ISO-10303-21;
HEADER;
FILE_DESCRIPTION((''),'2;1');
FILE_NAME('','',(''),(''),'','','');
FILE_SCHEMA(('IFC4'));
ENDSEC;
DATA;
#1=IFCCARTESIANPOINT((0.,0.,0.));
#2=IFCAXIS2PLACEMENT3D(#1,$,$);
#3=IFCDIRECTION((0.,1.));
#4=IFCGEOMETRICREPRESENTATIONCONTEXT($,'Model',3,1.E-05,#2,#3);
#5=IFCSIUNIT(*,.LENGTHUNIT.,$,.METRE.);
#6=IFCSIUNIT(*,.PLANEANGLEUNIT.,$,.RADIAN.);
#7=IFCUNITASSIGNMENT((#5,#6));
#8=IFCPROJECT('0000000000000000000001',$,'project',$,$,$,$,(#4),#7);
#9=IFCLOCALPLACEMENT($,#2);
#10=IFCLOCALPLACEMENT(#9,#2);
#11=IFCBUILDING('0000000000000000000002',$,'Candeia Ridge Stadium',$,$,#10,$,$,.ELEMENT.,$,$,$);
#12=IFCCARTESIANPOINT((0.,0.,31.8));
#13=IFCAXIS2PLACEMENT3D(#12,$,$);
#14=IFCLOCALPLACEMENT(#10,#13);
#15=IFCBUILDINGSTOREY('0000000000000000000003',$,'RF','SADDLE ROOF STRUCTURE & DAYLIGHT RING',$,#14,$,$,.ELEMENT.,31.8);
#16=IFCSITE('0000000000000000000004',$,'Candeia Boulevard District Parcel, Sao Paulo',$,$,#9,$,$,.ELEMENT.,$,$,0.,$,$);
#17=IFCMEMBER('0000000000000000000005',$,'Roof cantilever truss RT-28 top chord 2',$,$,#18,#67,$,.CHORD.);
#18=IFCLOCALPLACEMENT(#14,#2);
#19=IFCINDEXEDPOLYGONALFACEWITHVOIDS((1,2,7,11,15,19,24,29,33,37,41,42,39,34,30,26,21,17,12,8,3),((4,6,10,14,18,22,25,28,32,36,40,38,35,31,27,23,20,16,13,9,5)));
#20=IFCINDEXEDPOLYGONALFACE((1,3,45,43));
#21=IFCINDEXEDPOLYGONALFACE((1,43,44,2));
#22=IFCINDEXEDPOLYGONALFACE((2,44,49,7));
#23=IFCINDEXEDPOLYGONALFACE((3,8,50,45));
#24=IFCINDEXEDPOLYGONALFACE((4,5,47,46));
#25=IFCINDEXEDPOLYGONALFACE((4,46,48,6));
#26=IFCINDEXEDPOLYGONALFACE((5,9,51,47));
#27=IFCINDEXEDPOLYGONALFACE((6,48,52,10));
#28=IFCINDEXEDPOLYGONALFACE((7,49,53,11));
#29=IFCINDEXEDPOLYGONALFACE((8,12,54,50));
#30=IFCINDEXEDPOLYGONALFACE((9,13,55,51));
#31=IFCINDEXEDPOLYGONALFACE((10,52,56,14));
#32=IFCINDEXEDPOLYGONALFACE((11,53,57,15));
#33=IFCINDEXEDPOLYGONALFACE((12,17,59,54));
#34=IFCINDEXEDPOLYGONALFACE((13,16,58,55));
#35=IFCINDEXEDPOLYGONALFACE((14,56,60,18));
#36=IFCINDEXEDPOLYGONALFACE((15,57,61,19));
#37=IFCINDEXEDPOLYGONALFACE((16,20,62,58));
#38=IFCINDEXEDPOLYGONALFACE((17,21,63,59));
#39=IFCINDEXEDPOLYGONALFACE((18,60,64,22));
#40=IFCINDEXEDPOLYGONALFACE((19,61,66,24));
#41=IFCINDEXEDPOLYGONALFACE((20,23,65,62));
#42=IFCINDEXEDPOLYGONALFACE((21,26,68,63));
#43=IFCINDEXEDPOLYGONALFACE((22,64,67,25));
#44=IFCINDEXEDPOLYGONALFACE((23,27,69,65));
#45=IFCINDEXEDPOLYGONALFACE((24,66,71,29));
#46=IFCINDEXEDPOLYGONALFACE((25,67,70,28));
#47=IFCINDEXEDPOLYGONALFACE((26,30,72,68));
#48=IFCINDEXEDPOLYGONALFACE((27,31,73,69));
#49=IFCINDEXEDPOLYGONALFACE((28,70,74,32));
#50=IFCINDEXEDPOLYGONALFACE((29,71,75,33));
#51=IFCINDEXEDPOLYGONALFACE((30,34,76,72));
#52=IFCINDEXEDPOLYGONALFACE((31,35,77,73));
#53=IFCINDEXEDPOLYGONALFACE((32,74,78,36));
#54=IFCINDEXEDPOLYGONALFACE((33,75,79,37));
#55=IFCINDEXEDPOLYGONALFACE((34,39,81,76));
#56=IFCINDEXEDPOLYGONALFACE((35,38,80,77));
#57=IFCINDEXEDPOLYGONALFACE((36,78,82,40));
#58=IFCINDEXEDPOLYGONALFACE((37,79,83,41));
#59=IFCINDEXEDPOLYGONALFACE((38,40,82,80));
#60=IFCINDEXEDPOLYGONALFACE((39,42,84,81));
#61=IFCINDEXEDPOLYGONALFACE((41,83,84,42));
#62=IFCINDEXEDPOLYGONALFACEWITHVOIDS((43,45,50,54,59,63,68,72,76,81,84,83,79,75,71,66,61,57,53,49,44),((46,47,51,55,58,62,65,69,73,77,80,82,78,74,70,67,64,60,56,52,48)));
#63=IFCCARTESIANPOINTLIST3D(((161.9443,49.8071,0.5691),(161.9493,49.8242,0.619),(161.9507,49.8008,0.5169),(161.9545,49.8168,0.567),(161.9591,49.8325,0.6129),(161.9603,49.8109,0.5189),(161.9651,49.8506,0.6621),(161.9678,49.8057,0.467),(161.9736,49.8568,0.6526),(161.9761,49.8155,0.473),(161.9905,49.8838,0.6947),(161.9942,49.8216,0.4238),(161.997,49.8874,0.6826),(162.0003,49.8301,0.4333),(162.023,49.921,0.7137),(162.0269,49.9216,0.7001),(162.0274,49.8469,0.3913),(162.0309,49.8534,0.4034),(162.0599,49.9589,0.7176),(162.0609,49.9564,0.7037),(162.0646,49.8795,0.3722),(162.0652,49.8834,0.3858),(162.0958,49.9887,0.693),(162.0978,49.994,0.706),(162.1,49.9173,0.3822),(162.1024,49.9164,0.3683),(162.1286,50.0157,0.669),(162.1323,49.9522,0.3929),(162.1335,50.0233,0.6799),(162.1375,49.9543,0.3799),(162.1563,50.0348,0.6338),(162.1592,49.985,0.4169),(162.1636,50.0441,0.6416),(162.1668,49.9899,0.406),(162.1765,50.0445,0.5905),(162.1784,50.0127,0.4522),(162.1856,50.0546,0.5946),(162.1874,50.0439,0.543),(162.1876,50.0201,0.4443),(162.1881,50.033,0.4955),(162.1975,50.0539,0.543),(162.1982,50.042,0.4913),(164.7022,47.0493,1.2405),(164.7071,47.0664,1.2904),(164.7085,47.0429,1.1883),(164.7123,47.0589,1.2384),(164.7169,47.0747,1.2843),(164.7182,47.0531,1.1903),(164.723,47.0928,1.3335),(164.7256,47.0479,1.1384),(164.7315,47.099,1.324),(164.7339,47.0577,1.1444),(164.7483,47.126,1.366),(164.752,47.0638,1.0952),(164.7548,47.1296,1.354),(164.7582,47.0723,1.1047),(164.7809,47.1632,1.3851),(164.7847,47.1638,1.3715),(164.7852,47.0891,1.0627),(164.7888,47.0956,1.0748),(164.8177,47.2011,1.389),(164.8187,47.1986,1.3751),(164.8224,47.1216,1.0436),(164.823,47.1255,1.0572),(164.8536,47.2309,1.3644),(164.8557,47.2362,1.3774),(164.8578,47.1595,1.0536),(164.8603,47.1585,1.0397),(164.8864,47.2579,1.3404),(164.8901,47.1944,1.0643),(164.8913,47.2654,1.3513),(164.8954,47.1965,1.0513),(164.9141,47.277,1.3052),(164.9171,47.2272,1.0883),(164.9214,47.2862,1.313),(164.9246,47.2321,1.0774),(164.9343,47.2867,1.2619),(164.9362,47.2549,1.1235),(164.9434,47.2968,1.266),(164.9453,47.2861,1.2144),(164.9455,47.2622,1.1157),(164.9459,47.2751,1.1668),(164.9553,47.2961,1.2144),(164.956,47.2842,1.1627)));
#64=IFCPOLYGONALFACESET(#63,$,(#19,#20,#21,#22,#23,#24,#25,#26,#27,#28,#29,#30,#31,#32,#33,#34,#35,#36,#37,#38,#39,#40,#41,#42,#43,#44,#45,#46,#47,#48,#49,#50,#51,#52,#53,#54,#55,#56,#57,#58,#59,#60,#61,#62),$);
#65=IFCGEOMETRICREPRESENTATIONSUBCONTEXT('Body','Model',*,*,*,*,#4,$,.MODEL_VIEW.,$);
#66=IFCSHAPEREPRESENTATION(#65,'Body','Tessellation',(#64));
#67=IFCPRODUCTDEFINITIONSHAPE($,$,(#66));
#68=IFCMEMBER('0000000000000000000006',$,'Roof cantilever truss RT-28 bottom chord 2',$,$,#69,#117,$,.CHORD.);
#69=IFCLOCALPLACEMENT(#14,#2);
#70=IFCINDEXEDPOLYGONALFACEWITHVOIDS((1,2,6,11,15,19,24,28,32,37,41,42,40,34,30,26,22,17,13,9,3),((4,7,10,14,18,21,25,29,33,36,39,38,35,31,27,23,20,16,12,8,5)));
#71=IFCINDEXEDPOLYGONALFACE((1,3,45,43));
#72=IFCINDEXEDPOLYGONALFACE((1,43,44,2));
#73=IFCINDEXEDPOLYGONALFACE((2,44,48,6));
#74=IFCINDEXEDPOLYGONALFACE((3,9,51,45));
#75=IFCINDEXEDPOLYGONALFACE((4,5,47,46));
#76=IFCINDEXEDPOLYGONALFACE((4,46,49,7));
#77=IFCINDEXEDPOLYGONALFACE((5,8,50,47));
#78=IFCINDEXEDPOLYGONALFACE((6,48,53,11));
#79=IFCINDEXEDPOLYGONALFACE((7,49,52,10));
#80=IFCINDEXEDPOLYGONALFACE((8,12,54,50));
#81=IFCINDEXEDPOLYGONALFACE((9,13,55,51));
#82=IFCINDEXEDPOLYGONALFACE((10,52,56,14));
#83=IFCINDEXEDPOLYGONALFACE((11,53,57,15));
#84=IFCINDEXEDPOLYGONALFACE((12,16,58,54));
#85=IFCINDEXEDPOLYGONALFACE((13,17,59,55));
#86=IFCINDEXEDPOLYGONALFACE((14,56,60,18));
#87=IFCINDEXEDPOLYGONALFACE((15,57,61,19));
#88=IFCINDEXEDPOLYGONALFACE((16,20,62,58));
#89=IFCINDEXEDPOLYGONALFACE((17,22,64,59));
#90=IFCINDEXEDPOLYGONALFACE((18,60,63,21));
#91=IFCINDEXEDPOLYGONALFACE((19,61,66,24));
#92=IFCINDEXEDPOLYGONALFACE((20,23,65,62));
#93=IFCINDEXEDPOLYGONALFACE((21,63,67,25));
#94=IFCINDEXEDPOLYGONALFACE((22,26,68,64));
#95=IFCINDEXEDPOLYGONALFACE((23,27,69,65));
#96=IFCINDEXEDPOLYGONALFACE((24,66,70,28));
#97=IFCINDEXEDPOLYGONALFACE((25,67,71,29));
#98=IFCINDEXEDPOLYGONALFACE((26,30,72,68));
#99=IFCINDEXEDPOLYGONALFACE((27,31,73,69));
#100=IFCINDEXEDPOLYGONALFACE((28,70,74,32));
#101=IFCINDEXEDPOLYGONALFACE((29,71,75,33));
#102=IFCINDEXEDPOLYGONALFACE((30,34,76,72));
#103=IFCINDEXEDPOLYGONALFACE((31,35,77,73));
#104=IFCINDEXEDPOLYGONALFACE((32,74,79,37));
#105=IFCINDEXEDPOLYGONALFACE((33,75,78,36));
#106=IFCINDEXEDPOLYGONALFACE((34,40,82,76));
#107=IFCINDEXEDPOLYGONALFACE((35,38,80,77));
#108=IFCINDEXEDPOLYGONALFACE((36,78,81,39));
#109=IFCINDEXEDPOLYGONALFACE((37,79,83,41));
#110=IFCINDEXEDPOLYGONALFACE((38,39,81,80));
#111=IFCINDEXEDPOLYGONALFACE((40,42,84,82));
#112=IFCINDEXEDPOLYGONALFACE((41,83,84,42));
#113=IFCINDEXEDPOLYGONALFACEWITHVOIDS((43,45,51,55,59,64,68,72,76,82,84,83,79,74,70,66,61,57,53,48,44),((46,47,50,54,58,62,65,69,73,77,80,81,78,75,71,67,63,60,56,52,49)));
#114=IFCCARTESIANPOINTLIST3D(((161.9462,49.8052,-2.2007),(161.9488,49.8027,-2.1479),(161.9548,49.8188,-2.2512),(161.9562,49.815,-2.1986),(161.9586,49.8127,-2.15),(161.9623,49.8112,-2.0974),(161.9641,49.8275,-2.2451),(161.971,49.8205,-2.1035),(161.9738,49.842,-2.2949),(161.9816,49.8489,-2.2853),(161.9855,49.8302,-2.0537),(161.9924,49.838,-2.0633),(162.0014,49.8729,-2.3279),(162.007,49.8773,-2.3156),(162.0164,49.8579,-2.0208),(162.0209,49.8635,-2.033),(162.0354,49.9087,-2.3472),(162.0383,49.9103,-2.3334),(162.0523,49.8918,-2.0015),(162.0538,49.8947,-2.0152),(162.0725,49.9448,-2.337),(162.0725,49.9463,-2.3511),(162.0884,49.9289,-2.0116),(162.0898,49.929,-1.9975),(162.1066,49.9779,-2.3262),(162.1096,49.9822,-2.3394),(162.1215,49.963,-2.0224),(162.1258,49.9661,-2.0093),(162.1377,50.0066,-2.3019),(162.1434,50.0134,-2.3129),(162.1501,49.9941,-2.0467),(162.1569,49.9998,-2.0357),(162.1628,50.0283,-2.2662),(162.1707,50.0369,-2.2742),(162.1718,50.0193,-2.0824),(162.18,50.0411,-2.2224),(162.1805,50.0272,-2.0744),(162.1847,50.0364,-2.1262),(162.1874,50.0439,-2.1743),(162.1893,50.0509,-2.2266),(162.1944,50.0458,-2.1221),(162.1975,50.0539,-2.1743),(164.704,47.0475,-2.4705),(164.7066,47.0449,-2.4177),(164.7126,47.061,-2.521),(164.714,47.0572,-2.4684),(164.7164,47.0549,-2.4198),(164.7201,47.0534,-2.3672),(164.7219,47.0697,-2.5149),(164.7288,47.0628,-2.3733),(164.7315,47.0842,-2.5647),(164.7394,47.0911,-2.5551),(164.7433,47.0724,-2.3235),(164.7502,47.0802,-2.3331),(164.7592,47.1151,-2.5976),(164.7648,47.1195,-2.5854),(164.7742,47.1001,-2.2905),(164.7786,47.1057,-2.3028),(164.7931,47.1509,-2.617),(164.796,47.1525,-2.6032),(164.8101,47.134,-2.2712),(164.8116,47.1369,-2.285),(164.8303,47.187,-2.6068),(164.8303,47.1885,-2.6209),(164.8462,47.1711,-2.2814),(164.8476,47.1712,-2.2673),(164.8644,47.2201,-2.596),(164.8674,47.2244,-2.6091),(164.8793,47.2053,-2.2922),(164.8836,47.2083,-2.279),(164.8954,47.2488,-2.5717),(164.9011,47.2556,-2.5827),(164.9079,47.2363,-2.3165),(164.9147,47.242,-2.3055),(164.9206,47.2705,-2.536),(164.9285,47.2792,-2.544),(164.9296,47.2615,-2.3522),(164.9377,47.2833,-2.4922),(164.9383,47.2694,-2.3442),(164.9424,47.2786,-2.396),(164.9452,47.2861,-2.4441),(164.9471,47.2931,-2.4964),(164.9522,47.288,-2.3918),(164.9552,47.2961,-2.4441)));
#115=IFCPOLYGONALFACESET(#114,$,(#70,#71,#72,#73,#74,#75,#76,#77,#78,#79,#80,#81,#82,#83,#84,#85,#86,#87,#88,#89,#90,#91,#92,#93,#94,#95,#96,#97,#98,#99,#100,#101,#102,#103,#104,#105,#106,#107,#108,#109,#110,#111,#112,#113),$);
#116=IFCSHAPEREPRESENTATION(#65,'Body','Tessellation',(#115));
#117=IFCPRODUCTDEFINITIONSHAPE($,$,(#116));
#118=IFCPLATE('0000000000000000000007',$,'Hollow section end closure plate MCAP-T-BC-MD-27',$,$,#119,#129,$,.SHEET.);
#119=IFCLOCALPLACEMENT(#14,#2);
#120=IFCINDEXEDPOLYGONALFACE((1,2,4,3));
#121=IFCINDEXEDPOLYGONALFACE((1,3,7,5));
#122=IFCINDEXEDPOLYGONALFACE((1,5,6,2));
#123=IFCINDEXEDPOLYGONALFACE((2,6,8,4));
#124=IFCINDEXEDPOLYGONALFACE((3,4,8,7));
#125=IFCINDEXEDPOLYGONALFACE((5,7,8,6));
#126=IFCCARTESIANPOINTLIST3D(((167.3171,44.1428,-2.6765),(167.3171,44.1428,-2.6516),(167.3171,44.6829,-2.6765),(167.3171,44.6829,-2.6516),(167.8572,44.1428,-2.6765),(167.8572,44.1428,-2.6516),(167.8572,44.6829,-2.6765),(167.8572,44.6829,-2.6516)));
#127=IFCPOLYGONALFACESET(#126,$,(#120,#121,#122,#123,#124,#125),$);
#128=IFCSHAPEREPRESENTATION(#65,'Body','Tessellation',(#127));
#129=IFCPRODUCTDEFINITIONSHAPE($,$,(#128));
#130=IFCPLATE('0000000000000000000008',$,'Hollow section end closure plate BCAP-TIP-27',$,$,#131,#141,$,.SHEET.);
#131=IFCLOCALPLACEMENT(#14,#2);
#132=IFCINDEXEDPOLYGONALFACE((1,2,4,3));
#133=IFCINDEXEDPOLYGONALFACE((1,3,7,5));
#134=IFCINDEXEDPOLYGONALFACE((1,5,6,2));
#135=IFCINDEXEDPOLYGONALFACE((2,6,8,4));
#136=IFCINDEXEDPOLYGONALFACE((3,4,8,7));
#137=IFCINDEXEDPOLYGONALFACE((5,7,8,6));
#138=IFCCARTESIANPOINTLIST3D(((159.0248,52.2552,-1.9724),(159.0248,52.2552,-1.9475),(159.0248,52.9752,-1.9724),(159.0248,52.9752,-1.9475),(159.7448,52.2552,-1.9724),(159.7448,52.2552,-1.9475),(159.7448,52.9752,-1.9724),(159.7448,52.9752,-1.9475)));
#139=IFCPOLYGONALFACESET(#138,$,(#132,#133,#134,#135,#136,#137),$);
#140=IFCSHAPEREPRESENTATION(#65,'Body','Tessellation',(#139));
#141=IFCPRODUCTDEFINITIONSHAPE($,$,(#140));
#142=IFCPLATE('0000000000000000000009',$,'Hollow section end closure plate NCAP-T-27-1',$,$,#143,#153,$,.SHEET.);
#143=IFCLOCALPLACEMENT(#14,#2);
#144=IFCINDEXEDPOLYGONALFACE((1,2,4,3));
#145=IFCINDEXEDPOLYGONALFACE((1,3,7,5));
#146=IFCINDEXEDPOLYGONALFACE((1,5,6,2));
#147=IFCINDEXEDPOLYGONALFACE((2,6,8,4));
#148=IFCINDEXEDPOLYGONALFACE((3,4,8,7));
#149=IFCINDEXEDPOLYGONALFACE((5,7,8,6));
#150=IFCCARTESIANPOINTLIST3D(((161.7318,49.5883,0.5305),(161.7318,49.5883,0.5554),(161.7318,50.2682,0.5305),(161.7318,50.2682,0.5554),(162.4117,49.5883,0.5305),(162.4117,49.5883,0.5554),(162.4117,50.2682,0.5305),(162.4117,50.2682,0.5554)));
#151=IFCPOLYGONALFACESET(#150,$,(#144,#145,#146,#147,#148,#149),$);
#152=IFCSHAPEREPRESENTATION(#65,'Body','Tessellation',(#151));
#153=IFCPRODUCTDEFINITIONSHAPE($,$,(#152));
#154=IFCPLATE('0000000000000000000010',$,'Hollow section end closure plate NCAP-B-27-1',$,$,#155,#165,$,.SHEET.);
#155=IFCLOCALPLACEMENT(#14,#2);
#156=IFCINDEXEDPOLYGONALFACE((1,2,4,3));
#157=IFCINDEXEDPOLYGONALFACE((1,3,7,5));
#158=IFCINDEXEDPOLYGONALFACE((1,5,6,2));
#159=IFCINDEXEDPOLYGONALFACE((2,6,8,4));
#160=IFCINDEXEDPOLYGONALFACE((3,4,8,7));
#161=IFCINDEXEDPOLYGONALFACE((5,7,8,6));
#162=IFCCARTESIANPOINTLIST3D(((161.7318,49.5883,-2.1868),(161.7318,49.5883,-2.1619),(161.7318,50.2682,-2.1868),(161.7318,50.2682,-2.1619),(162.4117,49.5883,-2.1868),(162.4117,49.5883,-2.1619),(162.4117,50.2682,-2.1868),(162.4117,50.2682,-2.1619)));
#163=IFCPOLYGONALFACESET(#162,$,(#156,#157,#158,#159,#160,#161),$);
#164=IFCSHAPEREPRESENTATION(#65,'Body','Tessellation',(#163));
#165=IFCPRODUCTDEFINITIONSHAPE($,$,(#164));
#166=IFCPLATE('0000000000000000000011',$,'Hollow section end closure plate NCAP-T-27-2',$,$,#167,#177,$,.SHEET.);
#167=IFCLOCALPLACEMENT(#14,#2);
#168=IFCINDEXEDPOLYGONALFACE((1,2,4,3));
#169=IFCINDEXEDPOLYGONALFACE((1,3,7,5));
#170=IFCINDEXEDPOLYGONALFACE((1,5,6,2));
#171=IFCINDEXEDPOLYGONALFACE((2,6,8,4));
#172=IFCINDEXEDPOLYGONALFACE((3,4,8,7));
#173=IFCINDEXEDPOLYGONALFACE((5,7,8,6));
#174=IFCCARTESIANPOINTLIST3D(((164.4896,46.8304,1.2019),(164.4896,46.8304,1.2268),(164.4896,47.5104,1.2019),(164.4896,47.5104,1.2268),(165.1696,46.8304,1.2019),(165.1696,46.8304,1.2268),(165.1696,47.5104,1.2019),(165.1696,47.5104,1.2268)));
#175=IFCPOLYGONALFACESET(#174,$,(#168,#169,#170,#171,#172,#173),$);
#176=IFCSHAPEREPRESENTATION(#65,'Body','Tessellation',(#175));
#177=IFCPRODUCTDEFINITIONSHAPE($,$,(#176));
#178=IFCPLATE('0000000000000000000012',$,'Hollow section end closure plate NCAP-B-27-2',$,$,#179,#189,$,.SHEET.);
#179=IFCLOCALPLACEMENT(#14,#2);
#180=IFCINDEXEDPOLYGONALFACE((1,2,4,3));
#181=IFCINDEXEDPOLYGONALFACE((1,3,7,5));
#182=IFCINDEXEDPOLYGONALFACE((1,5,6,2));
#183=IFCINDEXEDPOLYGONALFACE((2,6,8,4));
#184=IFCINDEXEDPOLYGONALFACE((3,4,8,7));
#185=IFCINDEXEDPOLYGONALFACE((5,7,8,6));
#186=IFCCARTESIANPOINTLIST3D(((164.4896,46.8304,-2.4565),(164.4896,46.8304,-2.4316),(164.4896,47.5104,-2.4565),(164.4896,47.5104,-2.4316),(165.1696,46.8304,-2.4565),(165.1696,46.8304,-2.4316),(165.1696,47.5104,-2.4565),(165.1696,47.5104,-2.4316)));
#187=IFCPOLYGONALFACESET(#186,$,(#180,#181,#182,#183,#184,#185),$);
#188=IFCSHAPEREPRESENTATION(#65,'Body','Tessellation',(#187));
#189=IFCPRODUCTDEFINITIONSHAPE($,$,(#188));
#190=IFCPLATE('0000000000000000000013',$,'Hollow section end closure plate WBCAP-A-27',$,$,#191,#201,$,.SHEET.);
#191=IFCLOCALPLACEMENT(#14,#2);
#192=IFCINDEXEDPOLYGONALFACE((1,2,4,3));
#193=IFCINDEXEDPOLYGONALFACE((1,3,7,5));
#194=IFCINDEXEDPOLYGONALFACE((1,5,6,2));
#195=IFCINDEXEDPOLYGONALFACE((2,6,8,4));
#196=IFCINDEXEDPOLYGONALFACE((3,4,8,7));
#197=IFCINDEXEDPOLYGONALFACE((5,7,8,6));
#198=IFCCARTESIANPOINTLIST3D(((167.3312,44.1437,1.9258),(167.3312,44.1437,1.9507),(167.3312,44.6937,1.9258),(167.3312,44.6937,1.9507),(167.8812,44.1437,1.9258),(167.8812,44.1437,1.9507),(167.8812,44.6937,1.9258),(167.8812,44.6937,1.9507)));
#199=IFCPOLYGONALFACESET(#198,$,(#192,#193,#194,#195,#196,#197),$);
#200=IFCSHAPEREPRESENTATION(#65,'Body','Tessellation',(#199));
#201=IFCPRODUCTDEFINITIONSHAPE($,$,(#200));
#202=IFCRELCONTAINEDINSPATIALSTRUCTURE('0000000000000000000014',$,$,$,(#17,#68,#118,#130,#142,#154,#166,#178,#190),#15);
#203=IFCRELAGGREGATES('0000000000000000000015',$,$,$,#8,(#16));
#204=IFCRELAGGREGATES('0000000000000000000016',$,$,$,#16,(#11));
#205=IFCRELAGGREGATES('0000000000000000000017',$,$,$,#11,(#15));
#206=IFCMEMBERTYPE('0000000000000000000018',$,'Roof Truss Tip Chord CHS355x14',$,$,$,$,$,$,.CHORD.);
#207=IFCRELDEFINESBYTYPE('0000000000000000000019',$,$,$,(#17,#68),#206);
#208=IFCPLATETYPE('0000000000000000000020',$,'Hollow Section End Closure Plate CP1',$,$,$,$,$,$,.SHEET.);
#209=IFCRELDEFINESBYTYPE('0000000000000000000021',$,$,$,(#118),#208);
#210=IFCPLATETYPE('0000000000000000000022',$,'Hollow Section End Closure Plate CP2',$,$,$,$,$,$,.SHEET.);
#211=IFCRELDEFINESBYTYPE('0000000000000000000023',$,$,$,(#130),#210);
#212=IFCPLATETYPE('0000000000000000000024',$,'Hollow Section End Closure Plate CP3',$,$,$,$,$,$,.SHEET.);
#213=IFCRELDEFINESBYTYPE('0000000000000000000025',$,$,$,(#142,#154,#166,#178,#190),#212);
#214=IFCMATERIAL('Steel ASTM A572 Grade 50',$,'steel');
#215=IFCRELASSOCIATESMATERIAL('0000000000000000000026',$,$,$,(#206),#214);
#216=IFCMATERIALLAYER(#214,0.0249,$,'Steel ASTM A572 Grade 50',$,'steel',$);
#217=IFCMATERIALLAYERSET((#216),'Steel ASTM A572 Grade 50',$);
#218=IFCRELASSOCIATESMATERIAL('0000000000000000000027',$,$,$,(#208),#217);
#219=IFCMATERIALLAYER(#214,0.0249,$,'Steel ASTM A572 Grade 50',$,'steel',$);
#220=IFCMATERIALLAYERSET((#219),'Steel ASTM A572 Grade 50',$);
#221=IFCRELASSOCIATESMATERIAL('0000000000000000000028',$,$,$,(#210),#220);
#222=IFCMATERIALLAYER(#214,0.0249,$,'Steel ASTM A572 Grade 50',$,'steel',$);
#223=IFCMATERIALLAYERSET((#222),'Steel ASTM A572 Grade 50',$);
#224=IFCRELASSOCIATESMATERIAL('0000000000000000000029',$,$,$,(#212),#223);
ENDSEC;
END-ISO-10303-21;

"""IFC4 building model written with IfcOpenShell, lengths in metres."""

from ifc_helpers import new_model, si_unit, direction, frame, origin, origin_2d, place, context, subcontext, project, spatial, rectangle, hollow_circle, extrude, material, layer, layer_set, material_profile, profile_set, type_object, element, save


model = new_model("IFC4")

# Units and contexts
model_context = context("Model", 3, precision=1e-05, world=origin(), true_north=direction((0.0, 1.0)))
body_context = subcontext(model_context, "Body", "Model", "MODEL_VIEW")
ifc_project = project(units=[si_unit("LENGTHUNIT", "METRE"), si_unit("PLANEANGLEUNIT", "RADIAN")], contexts=[model_context])

# Site, building, storey
site_placement = place(None, origin())
site = spatial("IfcSite", under=ifc_project, at=site_placement, Name="Candeia Boulevard District Parcel, Sao Paulo", CompositionType="ELEMENT", RefElevation=0.0)
building_placement = place(site_placement, origin())
building = spatial("IfcBuilding", under=site, at=building_placement, Name="Candeia Ridge Stadium", CompositionType="ELEMENT")
storey_placement = place(building_placement, frame((0.0, 0.0, 31.8)))
storey = spatial("IfcBuildingStorey", under=building, at=storey_placement, Name="RF", Description="SADDLE ROOF STRUCTURE & DAYLIGHT RING", CompositionType="ELEMENT", Elevation=31.8)

# Shared definitions
ifc_material_1 = material(Name="Steel ASTM A572 Grade 50", Category="steel")

# Members
ifc_material_profile_1 = material_profile(ifc_material_1, hollow_circle(Radius=0.1777, WallThickness=0.0142, at=origin_2d()), Name="CHS355x14", Category="steel")
ifc_profile_set_1 = profile_set([ifc_material_profile_1], Name="Steel ASTM A572 Grade 50")
member_type_1 = type_object("IfcMemberType", Name="Roof Truss Tip Chord CHS355x14", PredefinedType="CHORD", material=ifc_profile_set_1)
member_1_placement = place(storey_placement, frame((162.0718, 49.9282, 0.543), z_axis=(0.696857, -0.696857, 0.169649), x_axis=(0.707107, 0.707107, 0.0)))
element("IfcMember", 1, at=member_1_placement, inside=storey, type_object=member_type_1, Name="Roof cantilever truss RT-28 top chord 2", PredefinedType="CHORD", context=body_context, shape_type="SweptSolid", body=[
    extrude(hollow_circle(Radius=0.1777, WallThickness=0.0142, at=origin_2d()), origin(), (0.0, 0.0, 1.0), 3.9575),
])
member_2_placement = place(storey_placement, frame((162.0718, 49.9282, -2.1743), z_axis=(0.705421, -0.705421, -0.069006), x_axis=(0.707107, 0.707107, 0.0)))
element("IfcMember", 2, at=member_2_placement, inside=storey, type_object=member_type_1, Name="Roof cantilever truss RT-28 bottom chord 2", PredefinedType="CHORD", context=body_context, shape_type="SweptSolid", body=[
    extrude(hollow_circle(Radius=0.1777, WallThickness=0.0142, at=origin_2d()), origin(), (0.0, 0.0, 1.0), 3.9094),
])

# Plates
ifc_layer_1 = layer(ifc_material_1, 0.0249, Name="Steel ASTM A572 Grade 50", Category="steel")
ifc_layer_set_1 = layer_set([ifc_layer_1], Name="Steel ASTM A572 Grade 50")
plate_type_1 = type_object("IfcPlateType", Name="Hollow Section End Closure Plate CP1", PredefinedType="SHEET", material=ifc_layer_set_1)
plate_1_placement = place(storey_placement, frame((167.5872, 44.4128, -2.6765), z_axis=(0.0, 0.0, 1.0), x_axis=(1.0, 0.0, 0.0)))
element("IfcPlate", 3, at=plate_1_placement, inside=storey, type_object=plate_type_1, Name="Hollow section end closure plate MCAP-T-BC-MD-27", PredefinedType="SHEET", context=body_context, shape_type="SweptSolid", body=[
    extrude(rectangle(XDim=0.54, YDim=0.54, at=origin_2d()), origin(), (0.0, 0.0, 1.0), 0.0249),
])
ifc_layer_2 = layer(ifc_material_1, 0.0249, Name="Steel ASTM A572 Grade 50", Category="steel")
ifc_layer_set_2 = layer_set([ifc_layer_2], Name="Steel ASTM A572 Grade 50")
plate_type_2 = type_object("IfcPlateType", Name="Hollow Section End Closure Plate CP2", PredefinedType="SHEET", material=ifc_layer_set_2)
plate_2_placement = place(storey_placement, frame((159.3848, 52.6152, -1.9724), z_axis=(0.0, 0.0, 1.0), x_axis=(1.0, 0.0, 0.0)))
element("IfcPlate", 4, at=plate_2_placement, inside=storey, type_object=plate_type_2, Name="Hollow section end closure plate BCAP-TIP-27", PredefinedType="SHEET", context=body_context, shape_type="SweptSolid", body=[
    extrude(rectangle(XDim=0.72, YDim=0.72, at=origin_2d()), origin(), (0.0, 0.0, 1.0), 0.0249),
])
ifc_layer_3 = layer(ifc_material_1, 0.0249, Name="Steel ASTM A572 Grade 50", Category="steel")
ifc_layer_set_3 = layer_set([ifc_layer_3], Name="Steel ASTM A572 Grade 50")
plate_type_3 = type_object("IfcPlateType", Name="Hollow Section End Closure Plate CP3", PredefinedType="SHEET", material=ifc_layer_set_3)
for number, where, z_axis, x_axis, name in (
    (5, (162.0718, 49.9282, 0.5305), (0.0, 0.0, 1.0), (1.0, 0.0, 0.0), "Hollow section end closure plate NCAP-T-27-1"),
    (6, (162.0718, 49.9282, -2.1868), (0.0, 0.0, 1.0), (1.0, 0.0, 0.0), "Hollow section end closure plate NCAP-B-27-1"),
    (7, (164.8296, 47.1704, 1.2019), (0.0, 0.0, 1.0), (1.0, 0.0, 0.0), "Hollow section end closure plate NCAP-T-27-2"),
    (8, (164.8296, 47.1704, -2.4565), (0.0, 0.0, 1.0), (1.0, 0.0, 0.0), "Hollow section end closure plate NCAP-B-27-2"),
):
    element("IfcPlate", number, at=place(storey_placement, frame(where, z_axis=z_axis, x_axis=x_axis)), inside=storey, type_object=plate_type_3, Name=name, PredefinedType="SHEET", context=body_context, shape_type="SweptSolid", body=[
        extrude(rectangle(XDim=0.6799, YDim=0.6799, at=origin_2d()), origin(), (0.0, 0.0, 1.0), 0.0249),
    ])
plate_3_placement = place(storey_placement, frame((167.6062, 44.4187, 1.9258), z_axis=(0.0, 0.0, 1.0), x_axis=(1.0, 0.0, 0.0)))
element("IfcPlate", 9, at=plate_3_placement, inside=storey, type_object=plate_type_3, Name="Hollow section end closure plate WBCAP-A-27", PredefinedType="SHEET", context=body_context, shape_type="SweptSolid", body=[
    extrude(rectangle(XDim=0.55, YDim=0.55, at=origin_2d()), origin(), (0.0, 0.0, 1.0), 0.0249),
])

save(model, "model.ifc")
